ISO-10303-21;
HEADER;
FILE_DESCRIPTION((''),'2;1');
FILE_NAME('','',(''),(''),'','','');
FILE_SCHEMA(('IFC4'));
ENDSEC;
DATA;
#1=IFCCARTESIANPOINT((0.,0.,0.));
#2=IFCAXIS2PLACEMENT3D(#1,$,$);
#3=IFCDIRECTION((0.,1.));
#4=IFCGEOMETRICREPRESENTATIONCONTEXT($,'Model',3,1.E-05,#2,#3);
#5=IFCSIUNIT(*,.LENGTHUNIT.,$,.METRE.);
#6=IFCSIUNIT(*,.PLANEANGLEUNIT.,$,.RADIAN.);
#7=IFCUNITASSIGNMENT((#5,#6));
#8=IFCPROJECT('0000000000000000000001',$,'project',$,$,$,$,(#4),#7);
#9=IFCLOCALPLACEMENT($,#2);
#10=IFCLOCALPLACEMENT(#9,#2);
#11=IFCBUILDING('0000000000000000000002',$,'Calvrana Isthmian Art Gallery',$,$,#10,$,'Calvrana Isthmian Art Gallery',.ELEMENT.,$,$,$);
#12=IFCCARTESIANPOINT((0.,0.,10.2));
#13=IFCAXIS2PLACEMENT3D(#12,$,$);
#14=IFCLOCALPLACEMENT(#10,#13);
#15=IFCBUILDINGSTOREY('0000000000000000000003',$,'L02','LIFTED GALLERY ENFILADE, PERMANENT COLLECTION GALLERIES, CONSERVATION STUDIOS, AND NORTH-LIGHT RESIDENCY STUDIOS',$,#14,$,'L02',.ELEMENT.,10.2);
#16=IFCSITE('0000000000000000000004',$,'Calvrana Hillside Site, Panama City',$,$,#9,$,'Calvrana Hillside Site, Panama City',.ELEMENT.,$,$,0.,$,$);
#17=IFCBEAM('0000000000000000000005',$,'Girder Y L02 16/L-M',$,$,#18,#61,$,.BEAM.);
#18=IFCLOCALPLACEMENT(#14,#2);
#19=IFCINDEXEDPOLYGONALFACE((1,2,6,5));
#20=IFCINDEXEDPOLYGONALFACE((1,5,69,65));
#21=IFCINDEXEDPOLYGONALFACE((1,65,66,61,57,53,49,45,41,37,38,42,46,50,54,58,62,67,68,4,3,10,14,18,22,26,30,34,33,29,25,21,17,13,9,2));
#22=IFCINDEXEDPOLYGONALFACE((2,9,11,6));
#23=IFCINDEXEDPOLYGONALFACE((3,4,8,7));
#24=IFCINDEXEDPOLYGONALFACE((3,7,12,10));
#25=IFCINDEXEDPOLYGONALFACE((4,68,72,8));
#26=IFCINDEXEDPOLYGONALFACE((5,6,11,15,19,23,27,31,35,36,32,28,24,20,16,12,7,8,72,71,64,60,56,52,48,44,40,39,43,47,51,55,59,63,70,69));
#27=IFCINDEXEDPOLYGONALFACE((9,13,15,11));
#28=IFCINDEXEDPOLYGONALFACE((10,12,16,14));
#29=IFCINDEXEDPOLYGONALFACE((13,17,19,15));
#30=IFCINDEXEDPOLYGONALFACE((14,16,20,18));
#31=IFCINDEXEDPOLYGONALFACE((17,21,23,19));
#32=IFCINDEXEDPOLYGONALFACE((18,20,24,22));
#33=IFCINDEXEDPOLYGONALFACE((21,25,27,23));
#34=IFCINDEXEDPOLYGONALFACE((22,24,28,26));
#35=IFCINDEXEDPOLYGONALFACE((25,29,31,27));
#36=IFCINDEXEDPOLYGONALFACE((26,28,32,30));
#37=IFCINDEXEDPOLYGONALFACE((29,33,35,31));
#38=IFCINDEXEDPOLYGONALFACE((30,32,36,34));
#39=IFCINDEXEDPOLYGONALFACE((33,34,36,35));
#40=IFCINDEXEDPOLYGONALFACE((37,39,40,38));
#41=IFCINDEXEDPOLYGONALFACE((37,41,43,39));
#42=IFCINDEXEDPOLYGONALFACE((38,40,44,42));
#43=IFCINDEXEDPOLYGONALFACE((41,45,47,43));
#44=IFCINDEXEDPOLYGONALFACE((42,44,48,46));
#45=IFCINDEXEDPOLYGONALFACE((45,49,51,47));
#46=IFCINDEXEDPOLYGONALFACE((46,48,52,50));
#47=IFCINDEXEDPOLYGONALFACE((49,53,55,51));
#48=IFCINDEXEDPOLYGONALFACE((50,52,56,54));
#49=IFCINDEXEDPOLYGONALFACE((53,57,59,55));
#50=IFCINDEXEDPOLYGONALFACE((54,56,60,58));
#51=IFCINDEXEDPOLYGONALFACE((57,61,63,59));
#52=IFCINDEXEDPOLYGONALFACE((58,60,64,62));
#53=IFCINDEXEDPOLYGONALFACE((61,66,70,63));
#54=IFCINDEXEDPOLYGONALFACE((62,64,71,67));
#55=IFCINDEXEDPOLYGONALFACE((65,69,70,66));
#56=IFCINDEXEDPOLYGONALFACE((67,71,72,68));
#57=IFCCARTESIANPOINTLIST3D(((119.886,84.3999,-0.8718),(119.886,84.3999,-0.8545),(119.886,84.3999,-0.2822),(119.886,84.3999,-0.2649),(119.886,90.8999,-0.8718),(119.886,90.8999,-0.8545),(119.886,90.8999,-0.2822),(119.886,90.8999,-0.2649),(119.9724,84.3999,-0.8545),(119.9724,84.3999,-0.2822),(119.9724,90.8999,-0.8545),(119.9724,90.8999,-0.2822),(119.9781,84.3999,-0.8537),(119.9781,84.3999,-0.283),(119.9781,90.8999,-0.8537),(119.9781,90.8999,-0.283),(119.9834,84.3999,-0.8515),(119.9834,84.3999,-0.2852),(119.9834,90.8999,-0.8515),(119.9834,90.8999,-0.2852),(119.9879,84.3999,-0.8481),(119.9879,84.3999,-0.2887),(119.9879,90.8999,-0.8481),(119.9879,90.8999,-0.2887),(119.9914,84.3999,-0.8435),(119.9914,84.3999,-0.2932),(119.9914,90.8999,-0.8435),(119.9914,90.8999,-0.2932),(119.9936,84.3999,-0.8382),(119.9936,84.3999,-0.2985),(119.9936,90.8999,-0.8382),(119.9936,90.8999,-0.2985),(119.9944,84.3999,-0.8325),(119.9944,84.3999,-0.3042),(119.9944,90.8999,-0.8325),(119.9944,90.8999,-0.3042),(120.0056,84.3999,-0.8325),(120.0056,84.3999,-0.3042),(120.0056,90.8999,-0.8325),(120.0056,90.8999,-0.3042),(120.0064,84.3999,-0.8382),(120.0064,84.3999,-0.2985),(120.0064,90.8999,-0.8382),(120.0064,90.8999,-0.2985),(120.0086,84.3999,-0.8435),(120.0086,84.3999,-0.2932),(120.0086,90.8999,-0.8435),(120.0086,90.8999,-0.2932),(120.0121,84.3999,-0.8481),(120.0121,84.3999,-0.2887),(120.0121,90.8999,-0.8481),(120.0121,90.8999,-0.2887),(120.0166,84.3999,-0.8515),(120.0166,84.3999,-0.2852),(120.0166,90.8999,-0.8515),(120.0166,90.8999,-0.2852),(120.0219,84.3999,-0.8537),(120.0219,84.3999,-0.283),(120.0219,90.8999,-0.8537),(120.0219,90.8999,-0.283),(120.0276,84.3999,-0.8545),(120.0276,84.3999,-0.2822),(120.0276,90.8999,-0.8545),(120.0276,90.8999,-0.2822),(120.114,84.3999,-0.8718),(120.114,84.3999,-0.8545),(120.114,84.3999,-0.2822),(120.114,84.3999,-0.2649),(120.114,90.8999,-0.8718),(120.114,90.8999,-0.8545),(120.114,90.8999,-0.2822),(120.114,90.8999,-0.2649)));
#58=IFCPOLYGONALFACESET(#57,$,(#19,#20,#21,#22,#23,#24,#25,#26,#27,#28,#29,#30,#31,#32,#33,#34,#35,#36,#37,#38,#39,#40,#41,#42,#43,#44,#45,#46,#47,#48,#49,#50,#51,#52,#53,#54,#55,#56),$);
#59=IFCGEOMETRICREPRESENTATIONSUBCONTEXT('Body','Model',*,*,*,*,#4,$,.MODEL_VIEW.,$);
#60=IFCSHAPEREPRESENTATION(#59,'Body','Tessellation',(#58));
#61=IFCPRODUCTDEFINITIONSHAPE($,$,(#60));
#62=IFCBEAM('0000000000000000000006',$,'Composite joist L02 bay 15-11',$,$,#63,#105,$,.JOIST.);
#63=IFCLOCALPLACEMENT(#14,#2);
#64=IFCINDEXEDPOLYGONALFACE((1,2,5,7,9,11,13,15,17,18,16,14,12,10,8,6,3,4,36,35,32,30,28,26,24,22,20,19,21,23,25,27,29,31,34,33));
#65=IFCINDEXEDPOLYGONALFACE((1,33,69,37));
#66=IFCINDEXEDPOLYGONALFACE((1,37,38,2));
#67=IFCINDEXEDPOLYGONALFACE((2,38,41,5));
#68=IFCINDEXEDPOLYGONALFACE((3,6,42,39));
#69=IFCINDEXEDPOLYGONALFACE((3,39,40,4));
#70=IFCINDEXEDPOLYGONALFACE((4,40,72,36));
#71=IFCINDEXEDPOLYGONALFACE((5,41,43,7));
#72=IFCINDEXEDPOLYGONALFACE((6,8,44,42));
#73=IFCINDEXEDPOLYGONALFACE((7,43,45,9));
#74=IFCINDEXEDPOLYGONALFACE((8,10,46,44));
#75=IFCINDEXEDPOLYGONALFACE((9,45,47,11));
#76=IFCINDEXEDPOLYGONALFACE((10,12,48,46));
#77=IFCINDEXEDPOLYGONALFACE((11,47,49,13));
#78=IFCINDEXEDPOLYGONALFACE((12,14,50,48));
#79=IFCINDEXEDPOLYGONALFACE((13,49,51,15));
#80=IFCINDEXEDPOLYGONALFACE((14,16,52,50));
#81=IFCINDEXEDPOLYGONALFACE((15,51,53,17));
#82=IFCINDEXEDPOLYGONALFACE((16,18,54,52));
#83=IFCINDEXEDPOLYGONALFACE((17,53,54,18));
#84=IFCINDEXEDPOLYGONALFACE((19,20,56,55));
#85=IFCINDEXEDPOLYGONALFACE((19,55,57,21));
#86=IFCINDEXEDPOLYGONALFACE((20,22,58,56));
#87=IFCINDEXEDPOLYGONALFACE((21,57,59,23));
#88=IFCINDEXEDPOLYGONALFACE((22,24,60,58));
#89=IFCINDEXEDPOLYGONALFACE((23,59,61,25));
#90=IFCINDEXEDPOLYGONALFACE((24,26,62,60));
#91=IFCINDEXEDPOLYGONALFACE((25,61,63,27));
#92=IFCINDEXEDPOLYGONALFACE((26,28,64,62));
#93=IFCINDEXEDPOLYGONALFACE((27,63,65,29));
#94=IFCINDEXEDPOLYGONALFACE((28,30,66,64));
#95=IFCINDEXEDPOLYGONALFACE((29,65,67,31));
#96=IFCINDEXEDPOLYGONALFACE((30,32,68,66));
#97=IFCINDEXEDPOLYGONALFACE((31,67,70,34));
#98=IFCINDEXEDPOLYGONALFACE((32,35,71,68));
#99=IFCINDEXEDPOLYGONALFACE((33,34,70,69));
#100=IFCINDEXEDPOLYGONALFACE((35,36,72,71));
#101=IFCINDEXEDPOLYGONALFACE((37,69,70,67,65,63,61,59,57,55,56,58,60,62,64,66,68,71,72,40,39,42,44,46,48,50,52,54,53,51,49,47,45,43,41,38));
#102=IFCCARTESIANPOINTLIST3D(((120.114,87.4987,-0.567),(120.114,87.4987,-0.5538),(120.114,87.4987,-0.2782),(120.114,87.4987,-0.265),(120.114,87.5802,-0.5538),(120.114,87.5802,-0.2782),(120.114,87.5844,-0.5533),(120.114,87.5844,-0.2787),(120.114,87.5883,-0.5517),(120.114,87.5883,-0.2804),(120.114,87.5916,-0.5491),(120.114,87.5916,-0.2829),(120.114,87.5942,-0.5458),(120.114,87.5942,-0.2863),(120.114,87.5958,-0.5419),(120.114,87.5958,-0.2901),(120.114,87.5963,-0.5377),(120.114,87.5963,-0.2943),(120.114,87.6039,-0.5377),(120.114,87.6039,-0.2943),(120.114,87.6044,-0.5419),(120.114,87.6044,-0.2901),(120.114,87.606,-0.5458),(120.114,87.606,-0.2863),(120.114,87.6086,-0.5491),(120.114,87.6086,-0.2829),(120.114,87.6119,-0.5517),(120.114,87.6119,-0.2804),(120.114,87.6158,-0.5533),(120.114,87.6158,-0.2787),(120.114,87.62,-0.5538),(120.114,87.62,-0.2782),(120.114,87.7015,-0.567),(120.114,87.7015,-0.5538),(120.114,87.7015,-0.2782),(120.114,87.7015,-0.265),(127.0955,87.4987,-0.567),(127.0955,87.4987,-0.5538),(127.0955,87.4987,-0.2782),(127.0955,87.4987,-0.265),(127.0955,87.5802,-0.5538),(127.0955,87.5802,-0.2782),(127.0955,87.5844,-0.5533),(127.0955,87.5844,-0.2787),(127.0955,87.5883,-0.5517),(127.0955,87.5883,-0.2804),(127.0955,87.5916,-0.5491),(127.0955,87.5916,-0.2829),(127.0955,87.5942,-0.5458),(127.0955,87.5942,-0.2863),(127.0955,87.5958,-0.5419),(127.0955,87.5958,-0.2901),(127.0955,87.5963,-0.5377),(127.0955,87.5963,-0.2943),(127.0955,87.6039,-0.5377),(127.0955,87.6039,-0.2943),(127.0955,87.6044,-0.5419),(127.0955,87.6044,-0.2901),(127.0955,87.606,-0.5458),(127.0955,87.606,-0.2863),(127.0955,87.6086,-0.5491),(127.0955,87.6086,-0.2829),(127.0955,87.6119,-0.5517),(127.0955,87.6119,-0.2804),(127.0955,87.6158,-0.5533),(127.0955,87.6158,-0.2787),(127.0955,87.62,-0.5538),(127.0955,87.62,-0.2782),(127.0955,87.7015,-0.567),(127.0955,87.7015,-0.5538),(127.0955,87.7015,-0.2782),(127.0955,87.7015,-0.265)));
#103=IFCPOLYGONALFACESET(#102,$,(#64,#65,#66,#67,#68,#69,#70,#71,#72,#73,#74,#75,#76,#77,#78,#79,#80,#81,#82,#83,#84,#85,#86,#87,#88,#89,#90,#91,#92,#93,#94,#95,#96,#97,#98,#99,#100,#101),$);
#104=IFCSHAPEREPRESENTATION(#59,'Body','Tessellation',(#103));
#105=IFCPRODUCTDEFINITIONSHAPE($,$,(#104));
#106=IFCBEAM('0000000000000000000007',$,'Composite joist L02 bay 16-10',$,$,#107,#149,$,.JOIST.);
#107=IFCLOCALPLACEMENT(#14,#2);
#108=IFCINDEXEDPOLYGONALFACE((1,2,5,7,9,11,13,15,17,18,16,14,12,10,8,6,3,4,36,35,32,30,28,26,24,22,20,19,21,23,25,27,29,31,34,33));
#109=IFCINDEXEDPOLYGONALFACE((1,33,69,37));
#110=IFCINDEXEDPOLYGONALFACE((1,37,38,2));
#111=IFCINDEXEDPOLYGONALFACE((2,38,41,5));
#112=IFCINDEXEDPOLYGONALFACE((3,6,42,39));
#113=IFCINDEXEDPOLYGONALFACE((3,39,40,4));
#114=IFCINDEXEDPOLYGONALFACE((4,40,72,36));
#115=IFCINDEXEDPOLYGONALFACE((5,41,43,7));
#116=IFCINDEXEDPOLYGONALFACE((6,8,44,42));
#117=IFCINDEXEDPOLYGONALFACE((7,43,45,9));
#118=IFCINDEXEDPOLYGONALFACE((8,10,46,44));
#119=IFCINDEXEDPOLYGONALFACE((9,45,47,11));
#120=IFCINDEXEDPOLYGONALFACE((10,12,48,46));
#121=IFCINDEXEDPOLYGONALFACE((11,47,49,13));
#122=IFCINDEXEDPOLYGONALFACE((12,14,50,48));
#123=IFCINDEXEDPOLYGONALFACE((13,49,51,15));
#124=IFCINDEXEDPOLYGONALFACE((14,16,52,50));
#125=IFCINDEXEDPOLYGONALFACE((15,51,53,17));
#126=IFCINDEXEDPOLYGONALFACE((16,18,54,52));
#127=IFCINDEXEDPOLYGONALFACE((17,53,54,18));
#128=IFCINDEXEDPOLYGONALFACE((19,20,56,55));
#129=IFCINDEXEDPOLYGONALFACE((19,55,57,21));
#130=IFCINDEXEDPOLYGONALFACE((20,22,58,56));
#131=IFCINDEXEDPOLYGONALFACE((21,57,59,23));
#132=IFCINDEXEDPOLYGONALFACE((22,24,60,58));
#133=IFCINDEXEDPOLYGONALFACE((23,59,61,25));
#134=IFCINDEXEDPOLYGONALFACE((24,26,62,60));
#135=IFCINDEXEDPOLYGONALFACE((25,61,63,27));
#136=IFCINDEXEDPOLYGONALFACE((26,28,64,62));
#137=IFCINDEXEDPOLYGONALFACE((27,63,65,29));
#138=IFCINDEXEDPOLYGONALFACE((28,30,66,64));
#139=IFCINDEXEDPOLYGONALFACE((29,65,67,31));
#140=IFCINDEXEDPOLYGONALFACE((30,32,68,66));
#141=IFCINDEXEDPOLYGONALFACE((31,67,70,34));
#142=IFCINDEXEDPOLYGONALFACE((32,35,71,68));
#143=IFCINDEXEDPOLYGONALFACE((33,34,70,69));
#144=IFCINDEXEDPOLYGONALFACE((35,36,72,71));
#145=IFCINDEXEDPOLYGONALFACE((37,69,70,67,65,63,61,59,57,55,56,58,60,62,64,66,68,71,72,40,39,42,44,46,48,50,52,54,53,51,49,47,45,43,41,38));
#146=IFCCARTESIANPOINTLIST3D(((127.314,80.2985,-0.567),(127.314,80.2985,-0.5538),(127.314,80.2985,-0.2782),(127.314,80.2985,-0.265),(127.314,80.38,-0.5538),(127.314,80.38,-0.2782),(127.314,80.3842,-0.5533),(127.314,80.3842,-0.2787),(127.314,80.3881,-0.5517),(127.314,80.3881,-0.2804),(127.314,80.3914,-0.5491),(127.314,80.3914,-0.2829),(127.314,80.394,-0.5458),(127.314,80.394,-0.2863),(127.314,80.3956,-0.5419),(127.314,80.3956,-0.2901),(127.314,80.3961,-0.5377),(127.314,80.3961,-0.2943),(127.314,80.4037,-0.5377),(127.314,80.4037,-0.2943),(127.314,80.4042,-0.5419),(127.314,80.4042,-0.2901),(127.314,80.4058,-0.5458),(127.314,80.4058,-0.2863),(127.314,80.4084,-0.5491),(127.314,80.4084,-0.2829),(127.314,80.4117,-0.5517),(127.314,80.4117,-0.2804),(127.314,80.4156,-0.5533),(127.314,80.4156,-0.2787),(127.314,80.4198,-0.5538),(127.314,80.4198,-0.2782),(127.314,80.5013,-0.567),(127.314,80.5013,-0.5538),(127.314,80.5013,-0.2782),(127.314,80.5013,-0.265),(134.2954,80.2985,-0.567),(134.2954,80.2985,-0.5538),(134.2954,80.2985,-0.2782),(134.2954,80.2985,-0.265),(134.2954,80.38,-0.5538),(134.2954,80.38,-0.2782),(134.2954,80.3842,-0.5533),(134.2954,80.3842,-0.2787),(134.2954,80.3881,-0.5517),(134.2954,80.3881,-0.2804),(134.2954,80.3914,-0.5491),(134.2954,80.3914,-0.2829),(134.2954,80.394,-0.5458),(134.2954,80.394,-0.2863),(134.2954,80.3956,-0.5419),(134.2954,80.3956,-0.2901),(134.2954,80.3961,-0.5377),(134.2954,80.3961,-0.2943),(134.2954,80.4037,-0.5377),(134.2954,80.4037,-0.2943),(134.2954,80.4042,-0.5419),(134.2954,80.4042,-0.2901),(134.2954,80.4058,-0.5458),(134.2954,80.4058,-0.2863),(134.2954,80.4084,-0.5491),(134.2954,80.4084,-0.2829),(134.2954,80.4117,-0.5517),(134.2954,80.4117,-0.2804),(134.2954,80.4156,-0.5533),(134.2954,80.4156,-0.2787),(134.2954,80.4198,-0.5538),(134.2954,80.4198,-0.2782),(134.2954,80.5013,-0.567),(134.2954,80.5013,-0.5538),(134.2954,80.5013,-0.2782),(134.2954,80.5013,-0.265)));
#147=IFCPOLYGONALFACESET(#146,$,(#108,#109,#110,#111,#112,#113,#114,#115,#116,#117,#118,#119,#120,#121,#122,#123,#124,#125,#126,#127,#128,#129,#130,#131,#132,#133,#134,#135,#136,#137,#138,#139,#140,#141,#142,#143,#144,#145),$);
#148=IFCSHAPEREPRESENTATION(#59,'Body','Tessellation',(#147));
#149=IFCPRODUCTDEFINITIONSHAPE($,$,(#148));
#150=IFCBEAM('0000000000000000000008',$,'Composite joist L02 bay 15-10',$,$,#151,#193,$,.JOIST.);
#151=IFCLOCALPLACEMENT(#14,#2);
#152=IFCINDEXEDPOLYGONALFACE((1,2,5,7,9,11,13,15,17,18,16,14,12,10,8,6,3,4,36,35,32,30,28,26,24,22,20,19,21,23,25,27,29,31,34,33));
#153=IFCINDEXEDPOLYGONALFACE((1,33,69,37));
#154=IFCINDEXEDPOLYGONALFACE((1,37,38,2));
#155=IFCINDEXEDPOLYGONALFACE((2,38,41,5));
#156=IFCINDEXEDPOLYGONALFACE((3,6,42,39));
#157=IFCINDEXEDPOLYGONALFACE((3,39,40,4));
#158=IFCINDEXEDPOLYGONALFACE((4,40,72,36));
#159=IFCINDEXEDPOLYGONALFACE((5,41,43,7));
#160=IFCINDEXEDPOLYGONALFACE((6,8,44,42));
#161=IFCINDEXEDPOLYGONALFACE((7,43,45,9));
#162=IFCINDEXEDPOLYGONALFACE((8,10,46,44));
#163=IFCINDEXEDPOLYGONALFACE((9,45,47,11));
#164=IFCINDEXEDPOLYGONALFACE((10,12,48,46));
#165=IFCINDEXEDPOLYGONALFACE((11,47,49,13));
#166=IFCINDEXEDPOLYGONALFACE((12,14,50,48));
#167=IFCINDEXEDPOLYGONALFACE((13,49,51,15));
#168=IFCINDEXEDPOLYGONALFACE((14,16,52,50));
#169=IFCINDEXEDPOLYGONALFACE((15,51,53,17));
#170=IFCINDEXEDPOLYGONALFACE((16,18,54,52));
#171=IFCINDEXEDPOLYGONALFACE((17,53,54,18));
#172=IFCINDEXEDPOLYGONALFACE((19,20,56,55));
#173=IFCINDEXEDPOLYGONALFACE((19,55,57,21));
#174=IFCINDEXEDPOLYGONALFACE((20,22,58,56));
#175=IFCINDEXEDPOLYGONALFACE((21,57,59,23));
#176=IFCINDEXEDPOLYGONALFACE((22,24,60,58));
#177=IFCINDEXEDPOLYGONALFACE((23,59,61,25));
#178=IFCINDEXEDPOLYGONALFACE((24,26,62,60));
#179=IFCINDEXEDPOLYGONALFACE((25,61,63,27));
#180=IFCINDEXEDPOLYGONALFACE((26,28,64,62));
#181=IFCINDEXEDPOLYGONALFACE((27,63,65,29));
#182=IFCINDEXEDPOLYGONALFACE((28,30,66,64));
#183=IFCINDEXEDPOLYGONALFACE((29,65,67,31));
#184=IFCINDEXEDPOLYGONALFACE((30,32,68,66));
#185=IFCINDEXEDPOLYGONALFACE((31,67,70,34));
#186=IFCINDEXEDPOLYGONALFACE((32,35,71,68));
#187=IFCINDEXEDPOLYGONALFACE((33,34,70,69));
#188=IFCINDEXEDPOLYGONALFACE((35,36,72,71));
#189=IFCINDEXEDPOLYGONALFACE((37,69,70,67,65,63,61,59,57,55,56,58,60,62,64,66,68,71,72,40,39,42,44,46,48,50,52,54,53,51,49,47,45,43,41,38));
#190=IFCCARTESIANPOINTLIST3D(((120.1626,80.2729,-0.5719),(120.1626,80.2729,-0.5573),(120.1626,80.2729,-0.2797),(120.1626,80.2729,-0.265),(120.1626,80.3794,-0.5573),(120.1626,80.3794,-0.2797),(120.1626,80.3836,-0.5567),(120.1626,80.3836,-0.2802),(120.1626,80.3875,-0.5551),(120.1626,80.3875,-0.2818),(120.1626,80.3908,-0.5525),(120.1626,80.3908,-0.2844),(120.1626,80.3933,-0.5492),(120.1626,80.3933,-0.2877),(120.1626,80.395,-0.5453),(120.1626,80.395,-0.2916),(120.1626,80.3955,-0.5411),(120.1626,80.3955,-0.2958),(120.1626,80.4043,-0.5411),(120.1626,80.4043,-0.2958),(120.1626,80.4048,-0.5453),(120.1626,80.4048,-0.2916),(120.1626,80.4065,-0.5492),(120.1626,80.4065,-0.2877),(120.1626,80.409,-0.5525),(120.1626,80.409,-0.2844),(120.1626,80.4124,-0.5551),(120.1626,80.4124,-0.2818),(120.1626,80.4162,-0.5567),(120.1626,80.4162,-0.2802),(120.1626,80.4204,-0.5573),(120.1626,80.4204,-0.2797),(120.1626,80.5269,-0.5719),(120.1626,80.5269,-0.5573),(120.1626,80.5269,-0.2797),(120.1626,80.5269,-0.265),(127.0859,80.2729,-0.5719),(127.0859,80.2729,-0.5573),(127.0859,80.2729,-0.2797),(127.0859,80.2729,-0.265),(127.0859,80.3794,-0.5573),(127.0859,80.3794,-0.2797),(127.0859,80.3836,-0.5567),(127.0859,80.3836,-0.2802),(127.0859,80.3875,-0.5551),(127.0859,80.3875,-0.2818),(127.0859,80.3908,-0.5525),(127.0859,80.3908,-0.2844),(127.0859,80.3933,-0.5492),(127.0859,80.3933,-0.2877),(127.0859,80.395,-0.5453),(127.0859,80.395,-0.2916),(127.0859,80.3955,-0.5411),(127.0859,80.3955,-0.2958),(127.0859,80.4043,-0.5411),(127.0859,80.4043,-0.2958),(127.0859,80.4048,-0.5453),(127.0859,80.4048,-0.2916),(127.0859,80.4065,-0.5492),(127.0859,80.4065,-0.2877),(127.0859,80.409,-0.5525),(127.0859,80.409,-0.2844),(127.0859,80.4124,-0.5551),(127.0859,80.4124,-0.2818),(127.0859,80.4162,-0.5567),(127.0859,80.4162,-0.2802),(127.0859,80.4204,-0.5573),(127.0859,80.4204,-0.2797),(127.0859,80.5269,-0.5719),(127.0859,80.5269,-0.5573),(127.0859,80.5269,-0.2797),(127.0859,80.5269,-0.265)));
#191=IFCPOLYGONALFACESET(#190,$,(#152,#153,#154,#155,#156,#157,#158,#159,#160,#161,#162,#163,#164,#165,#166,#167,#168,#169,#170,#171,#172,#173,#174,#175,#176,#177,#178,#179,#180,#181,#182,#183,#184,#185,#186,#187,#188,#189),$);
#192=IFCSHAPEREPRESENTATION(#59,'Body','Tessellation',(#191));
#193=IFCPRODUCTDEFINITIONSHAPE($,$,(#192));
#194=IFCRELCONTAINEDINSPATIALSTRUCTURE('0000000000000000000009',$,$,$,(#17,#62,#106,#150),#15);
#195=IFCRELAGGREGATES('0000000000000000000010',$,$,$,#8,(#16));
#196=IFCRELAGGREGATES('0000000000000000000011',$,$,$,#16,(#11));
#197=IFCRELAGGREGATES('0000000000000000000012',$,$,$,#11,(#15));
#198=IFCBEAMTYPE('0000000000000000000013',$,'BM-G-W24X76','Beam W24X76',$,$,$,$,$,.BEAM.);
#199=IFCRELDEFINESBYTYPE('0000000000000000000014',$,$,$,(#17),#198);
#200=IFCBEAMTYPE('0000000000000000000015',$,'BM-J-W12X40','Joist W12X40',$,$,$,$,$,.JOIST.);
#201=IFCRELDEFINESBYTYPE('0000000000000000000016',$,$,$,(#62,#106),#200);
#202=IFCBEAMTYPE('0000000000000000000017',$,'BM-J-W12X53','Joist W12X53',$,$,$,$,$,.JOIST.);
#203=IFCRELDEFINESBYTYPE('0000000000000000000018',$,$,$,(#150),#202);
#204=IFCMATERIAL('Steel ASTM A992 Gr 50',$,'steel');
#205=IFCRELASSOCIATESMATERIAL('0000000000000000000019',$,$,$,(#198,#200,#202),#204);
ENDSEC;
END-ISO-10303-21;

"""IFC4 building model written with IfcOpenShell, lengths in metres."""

from ifc_helpers import new_model, si_unit, direction, frame, origin, origin_2d, place, context, subcontext, project, spatial, i_section, extrude, material, material_profile, profile_set, type_object, element, save


model = new_model("IFC4")

# Units and contexts
model_context = context("Model", 3, precision=1e-05, world=origin(), true_north=direction((0.0, 1.0)))
body_context = subcontext(model_context, "Body", "Model", "MODEL_VIEW")
ifc_project = project(units=[si_unit("LENGTHUNIT", "METRE"), si_unit("PLANEANGLEUNIT", "RADIAN")], contexts=[model_context])

# Site, building, storey
site_placement = place(None, origin())
site = spatial("IfcSite", under=ifc_project, at=site_placement, Name="Calvrana Hillside Site, Panama City", LongName="Calvrana Hillside Site, Panama City", CompositionType="ELEMENT", RefElevation=0.0)
building_placement = place(site_placement, origin())
building = spatial("IfcBuilding", under=site, at=building_placement, Name="Calvrana Isthmian Art Gallery", LongName="Calvrana Isthmian Art Gallery", CompositionType="ELEMENT")
storey_placement = place(building_placement, frame((0.0, 0.0, 10.2)))
storey = spatial("IfcBuildingStorey", under=building, at=storey_placement, Name="L02", Description="LIFTED GALLERY ENFILADE, PERMANENT COLLECTION GALLERIES, CONSERVATION STUDIOS, AND NORTH-LIGHT RESIDENCY STUDIOS", LongName="L02", CompositionType="ELEMENT", Elevation=10.2)

# Beams
ifc_material_1 = material(Name="Steel ASTM A992 Gr 50", Category="steel")
ifc_material_profile_1 = material_profile(ifc_material_1, i_section(OverallWidth=0.228, OverallDepth=0.6069, WebThickness=0.0112, FlangeThickness=0.0173, FilletRadius=0.022, at=origin_2d()), Name="W24X76")
ifc_profile_set_1 = profile_set([ifc_material_profile_1], Name="Steel ASTM A992 Gr 50")
beam_type_1 = type_object("IfcBeamType", Name="BM-G-W24X76", Description="Beam W24X76", PredefinedType="BEAM", material=ifc_profile_set_1)
beam_1_placement = place(storey_placement, frame((120.0, 84.3999, -0.5684), z_axis=(0.0, 1.0, 0.0), x_axis=(-1.0, 0.0, 0.0)))
element("IfcBeam", 1, at=beam_1_placement, inside=storey, type_object=beam_type_1, Name="Girder Y L02 16/L-M", PredefinedType="BEAM", context=body_context, shape_type="SweptSolid", body=[
    extrude(i_section(OverallWidth=0.228, OverallDepth=0.6069, WebThickness=0.0112, FlangeThickness=0.0173, FilletRadius=0.022, at=origin_2d()), origin(), (0.0, 0.0, 1.0), 6.5),
])
ifc_material_profile_2 = material_profile(ifc_material_1, i_section(OverallWidth=0.2029, OverallDepth=0.302, WebThickness=0.0076, FlangeThickness=0.0132, FilletRadius=0.0161, at=origin_2d()), Name="W12X40")
ifc_profile_set_2 = profile_set([ifc_material_profile_2], Name="Steel ASTM A992 Gr 50")
beam_type_2 = type_object("IfcBeamType", Name="BM-J-W12X40", Description="Joist W12X40", PredefinedType="JOIST", material=ifc_profile_set_2)
for number, where, z_axis, x_axis, name in (
    (2, (120.114, 87.6001, -0.416), (1.0, 0.0, 0.0), (0.0, 1.0, 0.0), "Composite joist L02 bay 15-11"),
    (3, (127.314, 80.3999, -0.416), (1.0, 0.0, 0.0), (0.0, 1.0, 0.0), "Composite joist L02 bay 16-10"),
):
    element("IfcBeam", number, at=place(storey_placement, frame(where, z_axis=z_axis, x_axis=x_axis)), inside=storey, type_object=beam_type_2, Name=name, PredefinedType="JOIST", context=body_context, shape_type="SweptSolid", body=[
        extrude(i_section(OverallWidth=0.2029, OverallDepth=0.302, WebThickness=0.0076, FlangeThickness=0.0132, FilletRadius=0.0161, at=origin_2d()), origin(), (0.0, 0.0, 1.0), 6.9814),
    ])
ifc_material_profile_3 = material_profile(ifc_material_1, i_section(OverallWidth=0.2539, OverallDepth=0.3069, WebThickness=0.0088, FlangeThickness=0.0146, FilletRadius=0.0161, at=origin_2d()), Name="W12X53")
ifc_profile_set_3 = profile_set([ifc_material_profile_3], Name="Steel ASTM A992 Gr 50")
beam_type_3 = type_object("IfcBeamType", Name="BM-J-W12X53", Description="Joist W12X53", PredefinedType="JOIST", material=ifc_profile_set_3)
beam_2_placement = place(storey_placement, frame((120.1626, 80.3999, -0.4185), z_axis=(1.0, 0.0, 0.0), x_axis=(0.0, 1.0, 0.0)))
element("IfcBeam", 4, at=beam_2_placement, inside=storey, type_object=beam_type_3, Name="Composite joist L02 bay 15-10", PredefinedType="JOIST", context=body_context, shape_type="SweptSolid", body=[
    extrude(i_section(OverallWidth=0.2539, OverallDepth=0.3069, WebThickness=0.0088, FlangeThickness=0.0146, FilletRadius=0.0161, at=origin_2d()), origin(), (0.0, 0.0, 1.0), 6.9233),
])

save(model, "model.ifc")
